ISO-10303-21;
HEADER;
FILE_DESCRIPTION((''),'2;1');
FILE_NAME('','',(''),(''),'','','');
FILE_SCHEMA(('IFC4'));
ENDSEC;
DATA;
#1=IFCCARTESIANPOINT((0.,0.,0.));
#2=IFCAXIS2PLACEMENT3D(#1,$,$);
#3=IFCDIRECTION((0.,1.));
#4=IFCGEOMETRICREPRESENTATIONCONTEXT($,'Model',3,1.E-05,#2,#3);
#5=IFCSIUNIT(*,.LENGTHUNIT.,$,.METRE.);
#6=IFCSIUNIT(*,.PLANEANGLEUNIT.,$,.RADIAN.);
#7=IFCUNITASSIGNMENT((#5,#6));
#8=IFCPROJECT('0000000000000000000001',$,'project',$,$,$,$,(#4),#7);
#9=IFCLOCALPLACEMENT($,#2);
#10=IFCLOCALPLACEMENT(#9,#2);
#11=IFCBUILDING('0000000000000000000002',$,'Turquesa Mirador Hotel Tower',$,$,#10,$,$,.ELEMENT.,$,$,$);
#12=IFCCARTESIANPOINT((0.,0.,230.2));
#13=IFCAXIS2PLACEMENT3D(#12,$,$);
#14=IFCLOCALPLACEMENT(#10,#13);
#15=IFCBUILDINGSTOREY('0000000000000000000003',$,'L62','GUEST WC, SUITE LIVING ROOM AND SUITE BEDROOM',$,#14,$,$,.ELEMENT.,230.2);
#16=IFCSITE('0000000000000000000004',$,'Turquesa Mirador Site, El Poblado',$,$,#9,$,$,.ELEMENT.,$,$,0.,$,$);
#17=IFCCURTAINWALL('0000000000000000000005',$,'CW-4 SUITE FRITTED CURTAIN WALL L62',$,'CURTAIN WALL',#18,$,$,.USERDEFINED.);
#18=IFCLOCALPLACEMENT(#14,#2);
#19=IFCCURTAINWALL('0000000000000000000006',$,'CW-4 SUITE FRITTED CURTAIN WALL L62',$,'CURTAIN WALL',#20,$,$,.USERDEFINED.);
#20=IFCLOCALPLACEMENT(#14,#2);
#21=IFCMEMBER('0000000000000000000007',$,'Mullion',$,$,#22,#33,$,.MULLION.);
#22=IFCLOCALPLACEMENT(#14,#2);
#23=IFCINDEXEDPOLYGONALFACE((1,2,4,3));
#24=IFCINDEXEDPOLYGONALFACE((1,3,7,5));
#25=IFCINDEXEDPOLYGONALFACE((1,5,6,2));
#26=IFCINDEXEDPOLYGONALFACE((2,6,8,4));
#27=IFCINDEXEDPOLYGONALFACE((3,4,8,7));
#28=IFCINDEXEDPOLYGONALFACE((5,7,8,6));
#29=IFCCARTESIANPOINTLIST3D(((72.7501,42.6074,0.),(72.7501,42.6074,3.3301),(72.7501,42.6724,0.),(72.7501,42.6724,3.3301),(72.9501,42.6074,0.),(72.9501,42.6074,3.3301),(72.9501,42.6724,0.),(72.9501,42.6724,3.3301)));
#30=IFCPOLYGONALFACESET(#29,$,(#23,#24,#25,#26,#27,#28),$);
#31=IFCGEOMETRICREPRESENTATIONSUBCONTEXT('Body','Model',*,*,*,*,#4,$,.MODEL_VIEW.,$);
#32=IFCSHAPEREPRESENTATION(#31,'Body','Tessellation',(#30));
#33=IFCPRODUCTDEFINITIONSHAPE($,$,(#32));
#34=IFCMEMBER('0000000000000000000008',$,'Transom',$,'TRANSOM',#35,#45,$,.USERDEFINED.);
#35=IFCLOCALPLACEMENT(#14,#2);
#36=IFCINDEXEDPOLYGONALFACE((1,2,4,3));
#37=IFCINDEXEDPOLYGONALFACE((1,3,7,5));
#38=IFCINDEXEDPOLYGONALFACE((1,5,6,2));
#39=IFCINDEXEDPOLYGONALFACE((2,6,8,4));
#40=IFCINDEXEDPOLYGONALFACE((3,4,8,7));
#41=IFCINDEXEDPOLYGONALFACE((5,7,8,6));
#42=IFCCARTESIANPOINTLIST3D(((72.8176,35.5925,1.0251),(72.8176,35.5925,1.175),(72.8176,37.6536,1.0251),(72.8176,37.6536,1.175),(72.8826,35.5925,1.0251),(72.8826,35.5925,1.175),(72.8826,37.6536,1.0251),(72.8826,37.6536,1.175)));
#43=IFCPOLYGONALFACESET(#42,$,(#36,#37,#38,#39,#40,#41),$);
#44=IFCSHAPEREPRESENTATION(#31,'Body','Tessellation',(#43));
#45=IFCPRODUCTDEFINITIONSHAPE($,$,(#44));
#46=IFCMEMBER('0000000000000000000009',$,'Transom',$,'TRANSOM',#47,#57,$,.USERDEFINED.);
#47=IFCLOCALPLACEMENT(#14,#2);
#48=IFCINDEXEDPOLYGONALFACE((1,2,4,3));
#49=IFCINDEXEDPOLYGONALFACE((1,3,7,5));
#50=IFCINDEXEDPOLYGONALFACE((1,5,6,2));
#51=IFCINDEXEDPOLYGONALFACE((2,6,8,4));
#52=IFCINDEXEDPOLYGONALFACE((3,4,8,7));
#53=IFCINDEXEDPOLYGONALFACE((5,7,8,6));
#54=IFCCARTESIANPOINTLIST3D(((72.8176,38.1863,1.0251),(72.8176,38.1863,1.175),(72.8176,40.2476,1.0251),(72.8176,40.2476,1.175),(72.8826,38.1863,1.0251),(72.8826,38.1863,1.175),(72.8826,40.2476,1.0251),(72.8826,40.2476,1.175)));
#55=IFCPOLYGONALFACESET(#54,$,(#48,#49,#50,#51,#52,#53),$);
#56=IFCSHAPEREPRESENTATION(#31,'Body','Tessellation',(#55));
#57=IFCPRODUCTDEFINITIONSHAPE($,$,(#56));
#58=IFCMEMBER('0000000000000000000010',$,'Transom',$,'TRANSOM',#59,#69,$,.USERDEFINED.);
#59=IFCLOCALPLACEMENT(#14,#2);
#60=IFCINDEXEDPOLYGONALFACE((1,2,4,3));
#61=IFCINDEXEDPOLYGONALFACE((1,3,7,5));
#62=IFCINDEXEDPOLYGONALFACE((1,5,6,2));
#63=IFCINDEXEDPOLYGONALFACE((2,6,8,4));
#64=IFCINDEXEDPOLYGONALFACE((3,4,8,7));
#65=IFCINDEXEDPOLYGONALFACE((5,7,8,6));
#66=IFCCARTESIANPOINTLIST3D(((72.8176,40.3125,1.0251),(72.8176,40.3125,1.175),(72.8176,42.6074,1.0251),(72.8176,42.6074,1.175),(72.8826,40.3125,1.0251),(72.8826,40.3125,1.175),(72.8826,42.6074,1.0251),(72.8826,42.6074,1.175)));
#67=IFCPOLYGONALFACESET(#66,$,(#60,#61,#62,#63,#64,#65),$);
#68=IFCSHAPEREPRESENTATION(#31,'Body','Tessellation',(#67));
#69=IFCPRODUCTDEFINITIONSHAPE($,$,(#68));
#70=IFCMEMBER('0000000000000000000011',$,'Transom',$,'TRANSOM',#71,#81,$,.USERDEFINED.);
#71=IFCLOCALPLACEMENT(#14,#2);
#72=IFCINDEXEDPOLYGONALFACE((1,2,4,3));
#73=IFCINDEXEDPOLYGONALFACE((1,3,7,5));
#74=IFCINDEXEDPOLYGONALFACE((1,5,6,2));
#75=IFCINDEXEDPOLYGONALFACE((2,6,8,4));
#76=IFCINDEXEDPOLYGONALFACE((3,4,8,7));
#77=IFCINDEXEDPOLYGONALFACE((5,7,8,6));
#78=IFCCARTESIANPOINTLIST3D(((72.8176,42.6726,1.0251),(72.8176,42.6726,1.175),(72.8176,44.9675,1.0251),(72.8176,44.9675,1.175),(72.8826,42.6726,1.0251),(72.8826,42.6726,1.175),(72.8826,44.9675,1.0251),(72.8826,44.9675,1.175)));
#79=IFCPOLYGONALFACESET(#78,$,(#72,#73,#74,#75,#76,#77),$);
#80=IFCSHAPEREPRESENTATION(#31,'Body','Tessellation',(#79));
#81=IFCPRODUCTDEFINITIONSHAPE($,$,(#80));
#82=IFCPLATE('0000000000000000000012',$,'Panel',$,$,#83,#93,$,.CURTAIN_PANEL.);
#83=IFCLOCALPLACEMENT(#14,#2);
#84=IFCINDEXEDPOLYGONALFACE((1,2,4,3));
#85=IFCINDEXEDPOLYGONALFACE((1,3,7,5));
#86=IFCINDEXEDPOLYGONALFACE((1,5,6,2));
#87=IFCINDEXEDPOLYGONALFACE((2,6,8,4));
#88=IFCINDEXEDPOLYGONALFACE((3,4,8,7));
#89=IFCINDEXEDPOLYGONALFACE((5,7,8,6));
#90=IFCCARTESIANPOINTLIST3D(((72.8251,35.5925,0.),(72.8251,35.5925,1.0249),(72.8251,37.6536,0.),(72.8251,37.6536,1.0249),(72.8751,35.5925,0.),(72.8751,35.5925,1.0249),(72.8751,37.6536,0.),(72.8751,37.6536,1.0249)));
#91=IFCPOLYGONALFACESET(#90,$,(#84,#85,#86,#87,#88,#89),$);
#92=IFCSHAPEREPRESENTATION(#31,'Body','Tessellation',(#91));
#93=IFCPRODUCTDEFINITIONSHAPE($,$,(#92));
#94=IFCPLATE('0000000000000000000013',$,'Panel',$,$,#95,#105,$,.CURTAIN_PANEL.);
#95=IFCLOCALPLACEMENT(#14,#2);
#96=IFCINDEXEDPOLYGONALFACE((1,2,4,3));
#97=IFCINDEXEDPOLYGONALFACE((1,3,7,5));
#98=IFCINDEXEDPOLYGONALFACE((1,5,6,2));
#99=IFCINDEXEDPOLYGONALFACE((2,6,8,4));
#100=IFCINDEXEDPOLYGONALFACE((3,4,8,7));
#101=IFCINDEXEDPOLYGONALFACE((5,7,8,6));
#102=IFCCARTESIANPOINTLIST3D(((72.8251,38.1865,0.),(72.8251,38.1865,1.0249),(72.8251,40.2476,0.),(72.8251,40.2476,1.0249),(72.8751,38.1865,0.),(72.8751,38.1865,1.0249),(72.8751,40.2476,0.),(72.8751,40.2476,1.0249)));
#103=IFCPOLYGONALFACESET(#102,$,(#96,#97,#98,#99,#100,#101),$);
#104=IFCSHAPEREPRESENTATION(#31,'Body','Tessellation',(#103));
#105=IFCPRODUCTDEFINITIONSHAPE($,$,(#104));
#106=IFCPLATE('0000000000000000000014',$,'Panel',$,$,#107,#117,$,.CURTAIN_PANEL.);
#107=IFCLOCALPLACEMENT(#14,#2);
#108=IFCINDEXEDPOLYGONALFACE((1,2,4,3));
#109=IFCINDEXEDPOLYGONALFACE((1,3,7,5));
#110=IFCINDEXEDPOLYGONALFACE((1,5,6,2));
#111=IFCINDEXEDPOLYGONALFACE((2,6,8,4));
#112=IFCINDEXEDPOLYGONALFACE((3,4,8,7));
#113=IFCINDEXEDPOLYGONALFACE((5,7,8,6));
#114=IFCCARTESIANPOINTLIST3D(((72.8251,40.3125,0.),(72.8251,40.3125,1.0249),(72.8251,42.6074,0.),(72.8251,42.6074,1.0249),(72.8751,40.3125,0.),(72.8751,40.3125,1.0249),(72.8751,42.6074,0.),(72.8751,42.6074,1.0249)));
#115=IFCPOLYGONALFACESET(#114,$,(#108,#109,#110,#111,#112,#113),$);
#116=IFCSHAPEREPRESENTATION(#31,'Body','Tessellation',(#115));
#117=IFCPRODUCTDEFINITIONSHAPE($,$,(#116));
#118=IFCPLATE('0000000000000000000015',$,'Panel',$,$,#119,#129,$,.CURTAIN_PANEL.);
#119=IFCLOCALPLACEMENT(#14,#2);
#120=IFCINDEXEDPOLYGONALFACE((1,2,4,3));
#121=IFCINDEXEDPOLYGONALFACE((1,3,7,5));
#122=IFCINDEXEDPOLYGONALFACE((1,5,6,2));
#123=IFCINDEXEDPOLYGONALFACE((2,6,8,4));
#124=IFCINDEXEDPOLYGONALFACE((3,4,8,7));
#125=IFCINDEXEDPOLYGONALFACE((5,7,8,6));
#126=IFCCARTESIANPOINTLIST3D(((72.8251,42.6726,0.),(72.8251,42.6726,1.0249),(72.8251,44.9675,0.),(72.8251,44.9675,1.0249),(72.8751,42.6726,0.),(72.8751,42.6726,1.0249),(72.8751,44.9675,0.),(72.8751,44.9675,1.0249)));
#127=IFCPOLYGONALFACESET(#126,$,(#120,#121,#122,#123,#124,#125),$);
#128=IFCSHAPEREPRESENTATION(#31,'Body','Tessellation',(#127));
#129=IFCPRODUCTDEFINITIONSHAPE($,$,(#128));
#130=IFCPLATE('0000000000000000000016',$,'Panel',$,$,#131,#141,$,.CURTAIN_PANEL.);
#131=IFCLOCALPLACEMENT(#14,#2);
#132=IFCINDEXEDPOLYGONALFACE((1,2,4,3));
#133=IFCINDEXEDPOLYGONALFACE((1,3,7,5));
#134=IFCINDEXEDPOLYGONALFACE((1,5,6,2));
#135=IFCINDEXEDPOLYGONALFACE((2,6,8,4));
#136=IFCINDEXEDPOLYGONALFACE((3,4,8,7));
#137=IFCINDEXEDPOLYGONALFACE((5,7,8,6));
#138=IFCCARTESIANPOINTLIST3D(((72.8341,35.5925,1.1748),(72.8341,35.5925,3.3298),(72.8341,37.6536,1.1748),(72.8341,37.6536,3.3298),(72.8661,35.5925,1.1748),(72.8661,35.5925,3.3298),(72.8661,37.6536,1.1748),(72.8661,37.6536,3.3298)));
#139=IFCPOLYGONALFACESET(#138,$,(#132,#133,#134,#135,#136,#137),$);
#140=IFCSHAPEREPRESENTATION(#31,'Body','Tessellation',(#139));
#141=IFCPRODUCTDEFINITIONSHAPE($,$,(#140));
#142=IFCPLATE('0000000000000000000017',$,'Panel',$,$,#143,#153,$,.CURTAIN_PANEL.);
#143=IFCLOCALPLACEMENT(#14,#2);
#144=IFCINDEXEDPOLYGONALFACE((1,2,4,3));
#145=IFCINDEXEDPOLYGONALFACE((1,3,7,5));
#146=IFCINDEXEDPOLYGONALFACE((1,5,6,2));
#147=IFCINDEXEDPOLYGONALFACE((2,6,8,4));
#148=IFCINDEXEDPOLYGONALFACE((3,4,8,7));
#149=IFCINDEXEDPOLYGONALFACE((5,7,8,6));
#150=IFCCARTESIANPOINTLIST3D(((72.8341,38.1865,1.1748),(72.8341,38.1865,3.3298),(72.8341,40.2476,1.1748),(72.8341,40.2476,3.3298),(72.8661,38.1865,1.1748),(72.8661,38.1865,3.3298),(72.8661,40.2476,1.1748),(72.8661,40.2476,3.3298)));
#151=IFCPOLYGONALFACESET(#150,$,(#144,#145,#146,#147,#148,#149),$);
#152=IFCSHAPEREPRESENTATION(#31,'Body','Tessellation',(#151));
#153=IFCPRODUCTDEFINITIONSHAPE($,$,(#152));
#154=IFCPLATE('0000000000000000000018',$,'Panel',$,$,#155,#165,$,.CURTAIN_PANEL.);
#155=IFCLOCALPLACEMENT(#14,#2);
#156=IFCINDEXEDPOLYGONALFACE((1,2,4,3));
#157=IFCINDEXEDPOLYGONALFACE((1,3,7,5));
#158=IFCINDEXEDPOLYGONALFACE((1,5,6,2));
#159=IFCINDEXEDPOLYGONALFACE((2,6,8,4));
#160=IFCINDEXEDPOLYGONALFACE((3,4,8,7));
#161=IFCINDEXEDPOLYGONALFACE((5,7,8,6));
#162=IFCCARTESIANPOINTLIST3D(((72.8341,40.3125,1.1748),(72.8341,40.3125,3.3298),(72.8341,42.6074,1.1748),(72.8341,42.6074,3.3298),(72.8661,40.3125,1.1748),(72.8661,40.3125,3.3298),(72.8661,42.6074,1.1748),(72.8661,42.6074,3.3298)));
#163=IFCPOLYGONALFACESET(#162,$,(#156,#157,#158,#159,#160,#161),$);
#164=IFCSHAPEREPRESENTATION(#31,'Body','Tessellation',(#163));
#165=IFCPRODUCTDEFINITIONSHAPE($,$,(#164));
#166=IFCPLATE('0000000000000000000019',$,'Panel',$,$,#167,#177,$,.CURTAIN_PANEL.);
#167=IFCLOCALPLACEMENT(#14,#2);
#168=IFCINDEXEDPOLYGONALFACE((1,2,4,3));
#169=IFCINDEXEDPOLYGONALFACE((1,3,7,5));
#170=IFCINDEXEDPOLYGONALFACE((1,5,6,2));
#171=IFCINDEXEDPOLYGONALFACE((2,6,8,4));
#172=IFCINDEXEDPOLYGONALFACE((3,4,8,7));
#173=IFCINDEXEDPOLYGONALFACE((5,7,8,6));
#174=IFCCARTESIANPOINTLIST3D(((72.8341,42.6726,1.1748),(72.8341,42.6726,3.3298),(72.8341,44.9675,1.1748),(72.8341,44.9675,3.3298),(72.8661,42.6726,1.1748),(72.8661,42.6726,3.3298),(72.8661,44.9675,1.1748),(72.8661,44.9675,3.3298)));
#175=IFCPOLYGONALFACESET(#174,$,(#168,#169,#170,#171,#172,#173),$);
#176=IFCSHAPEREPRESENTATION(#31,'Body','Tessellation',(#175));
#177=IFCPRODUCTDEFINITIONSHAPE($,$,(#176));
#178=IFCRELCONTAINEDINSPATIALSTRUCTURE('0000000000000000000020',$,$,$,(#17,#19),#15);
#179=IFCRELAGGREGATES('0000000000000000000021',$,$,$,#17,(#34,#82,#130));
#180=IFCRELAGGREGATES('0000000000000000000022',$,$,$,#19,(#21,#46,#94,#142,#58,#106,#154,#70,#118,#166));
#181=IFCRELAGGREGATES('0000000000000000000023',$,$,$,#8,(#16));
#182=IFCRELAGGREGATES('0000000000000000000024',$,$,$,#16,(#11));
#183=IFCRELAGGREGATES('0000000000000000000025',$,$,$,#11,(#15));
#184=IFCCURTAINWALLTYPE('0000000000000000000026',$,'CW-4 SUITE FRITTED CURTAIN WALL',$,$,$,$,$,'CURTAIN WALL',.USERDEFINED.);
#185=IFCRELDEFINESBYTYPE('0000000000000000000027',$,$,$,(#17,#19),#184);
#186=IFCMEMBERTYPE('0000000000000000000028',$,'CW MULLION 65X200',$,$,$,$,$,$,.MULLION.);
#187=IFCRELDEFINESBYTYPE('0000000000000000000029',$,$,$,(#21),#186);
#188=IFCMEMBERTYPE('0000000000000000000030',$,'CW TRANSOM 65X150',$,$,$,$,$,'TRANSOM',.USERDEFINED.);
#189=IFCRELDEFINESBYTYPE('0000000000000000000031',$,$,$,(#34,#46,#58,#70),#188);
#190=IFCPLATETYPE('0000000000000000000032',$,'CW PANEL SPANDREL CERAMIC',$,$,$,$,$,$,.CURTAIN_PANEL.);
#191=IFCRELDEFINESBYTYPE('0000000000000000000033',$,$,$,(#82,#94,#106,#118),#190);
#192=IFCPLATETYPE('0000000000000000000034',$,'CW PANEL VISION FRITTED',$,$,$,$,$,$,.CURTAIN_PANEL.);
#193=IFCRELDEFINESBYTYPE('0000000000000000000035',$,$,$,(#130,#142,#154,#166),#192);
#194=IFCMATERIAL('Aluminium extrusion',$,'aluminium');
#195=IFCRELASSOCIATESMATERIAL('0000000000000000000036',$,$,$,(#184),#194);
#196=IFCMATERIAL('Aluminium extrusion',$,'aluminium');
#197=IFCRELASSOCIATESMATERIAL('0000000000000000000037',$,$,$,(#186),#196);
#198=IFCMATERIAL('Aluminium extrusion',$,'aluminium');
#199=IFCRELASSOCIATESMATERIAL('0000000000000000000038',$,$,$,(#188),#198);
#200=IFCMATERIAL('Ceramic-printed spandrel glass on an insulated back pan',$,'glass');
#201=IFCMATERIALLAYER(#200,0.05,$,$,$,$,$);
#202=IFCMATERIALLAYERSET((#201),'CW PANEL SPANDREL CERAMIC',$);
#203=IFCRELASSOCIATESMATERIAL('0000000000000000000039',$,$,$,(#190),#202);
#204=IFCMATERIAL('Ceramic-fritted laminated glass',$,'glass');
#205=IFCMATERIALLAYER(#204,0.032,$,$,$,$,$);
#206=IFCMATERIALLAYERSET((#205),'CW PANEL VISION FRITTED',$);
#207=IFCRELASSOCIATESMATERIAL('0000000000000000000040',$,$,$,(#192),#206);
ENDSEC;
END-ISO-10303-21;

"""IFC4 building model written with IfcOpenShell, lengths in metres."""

from ifc_helpers import new_model, si_unit, direction, frame, origin, origin_2d, place, context, subcontext, project, spatial, rectangle, extrude, material, layer, layer_set, material_profile, profile_set, type_object, element, aggregate, save


model = new_model("IFC4")

# Units and contexts
model_context = context("Model", 3, precision=1e-05, world=origin(), true_north=direction((0.0, 1.0)))
body_context = subcontext(model_context, "Body", "Model", "MODEL_VIEW")
ifc_project = project(units=[si_unit("LENGTHUNIT", "METRE"), si_unit("PLANEANGLEUNIT", "RADIAN")], contexts=[model_context])

# Site, building, storey
site_placement = place(None, origin())
site = spatial("IfcSite", under=ifc_project, at=site_placement, Name="Turquesa Mirador Site, El Poblado", CompositionType="ELEMENT", RefElevation=0.0)
building_placement = place(site_placement, origin())
building = spatial("IfcBuilding", under=site, at=building_placement, Name="Turquesa Mirador Hotel Tower", CompositionType="ELEMENT")
storey_placement = place(building_placement, frame((0.0, 0.0, 230.2)))
storey = spatial("IfcBuildingStorey", under=building, at=storey_placement, Name="L62", Description="GUEST WC, SUITE LIVING ROOM AND SUITE BEDROOM", CompositionType="ELEMENT", Elevation=230.2)

# Curtain walls, member
ifc_material_1 = material(Name="Aluminium extrusion", Category="aluminium")
curtain_wall_type = type_object("IfcCurtainWallType", Name="CW-4 SUITE FRITTED CURTAIN WALL", ElementType="CURTAIN WALL", PredefinedType="USERDEFINED", material=ifc_material_1)
curtain_wall_1_placement = place(storey_placement, origin())
curtain_wall_1 = element("IfcCurtainWall", 1, at=curtain_wall_1_placement, inside=storey, type_object=curtain_wall_type, Name="CW-4 SUITE FRITTED CURTAIN WALL L62", ObjectType="CURTAIN WALL", PredefinedType="USERDEFINED")
ifc_material_2 = material(Name="Aluminium extrusion", Category="aluminium")
ifc_material_profile_1 = material_profile(ifc_material_2, rectangle(XDim=0.0649, YDim=0.2, at=origin_2d()), Name="MULLION 65X200")
ifc_profile_set_1 = profile_set([ifc_material_profile_1], Name="Aluminium extrusion")
member_type_1 = type_object("IfcMemberType", Name="CW MULLION 65X200", PredefinedType="MULLION", material=ifc_profile_set_1)
curtain_wall_2_placement = place(storey_placement, origin())
curtain_wall_2 = element("IfcCurtainWall", 2, at=curtain_wall_2_placement, inside=storey, type_object=curtain_wall_type, Name="CW-4 SUITE FRITTED CURTAIN WALL L62", ObjectType="CURTAIN WALL", PredefinedType="USERDEFINED")
member_1_placement = place(storey_placement, frame((72.8501, 42.6399, 0.0), z_axis=(0.0, 0.0, 1.0), x_axis=(0.0, 1.0, 0.0)))
member_1 = element("IfcMember", 3, at=member_1_placement, type_object=member_type_1, Name="Mullion", PredefinedType="MULLION", context=body_context, shape_type="SweptSolid", body=[
    extrude(rectangle(XDim=0.0649, YDim=0.2, at=origin_2d()), origin(), (0.0, 0.0, 1.0), 3.3301),
])

# Members
ifc_material_3 = material(Name="Aluminium extrusion", Category="aluminium")
ifc_material_profile_2 = material_profile(ifc_material_3, rectangle(XDim=0.0649, YDim=0.1499, at=origin_2d()), Name="TRANSOM 65X150")
ifc_profile_set_2 = profile_set([ifc_material_profile_2], Name="Aluminium extrusion")
member_type_2 = type_object("IfcMemberType", Name="CW TRANSOM 65X150", ElementType="TRANSOM", PredefinedType="USERDEFINED", material=ifc_profile_set_2)
member_2_placement = place(storey_placement, frame((72.8501, 35.5925, 1.1001), z_axis=(0.0, 1.0, 0.0), x_axis=(-1.0, 0.0, 0.0)))
member_2 = element("IfcMember", 4, at=member_2_placement, type_object=member_type_2, Name="Transom", ObjectType="TRANSOM", PredefinedType="USERDEFINED", context=body_context, shape_type="SweptSolid", body=[
    extrude(rectangle(XDim=0.0649, YDim=0.1499, at=origin_2d()), origin(), (0.0, 0.0, 1.0), 2.061),
])
member_3_placement = place(storey_placement, frame((72.8501, 38.1863, 1.1001), z_axis=(0.0, 1.0, 0.0), x_axis=(-1.0, 0.0, 0.0)))
member_3 = element("IfcMember", 5, at=member_3_placement, type_object=member_type_2, Name="Transom", ObjectType="TRANSOM", PredefinedType="USERDEFINED", context=body_context, shape_type="SweptSolid", body=[
    extrude(rectangle(XDim=0.0649, YDim=0.1499, at=origin_2d()), origin(), (0.0, 0.0, 1.0), 2.0613),
])
member_4_placement = place(storey_placement, frame((72.8501, 40.3125, 1.1001), z_axis=(0.0, 1.0, 0.0), x_axis=(-1.0, 0.0, 0.0)))
member_4 = element("IfcMember", 6, at=member_4_placement, type_object=member_type_2, Name="Transom", ObjectType="TRANSOM", PredefinedType="USERDEFINED", context=body_context, shape_type="SweptSolid", body=[
    extrude(rectangle(XDim=0.0649, YDim=0.1499, at=origin_2d()), origin(), (0.0, 0.0, 1.0), 2.2949),
])
member_5_placement = place(storey_placement, frame((72.8501, 42.6726, 1.1001), z_axis=(0.0, 1.0, 0.0), x_axis=(-1.0, 0.0, 0.0)))
member_5 = element("IfcMember", 7, at=member_5_placement, type_object=member_type_2, Name="Transom", ObjectType="TRANSOM", PredefinedType="USERDEFINED", context=body_context, shape_type="SweptSolid", body=[
    extrude(rectangle(XDim=0.0649, YDim=0.1499, at=origin_2d()), origin(), (0.0, 0.0, 1.0), 2.2949),
])

# Plates
ifc_material_4 = material(Name="Ceramic-printed spandrel glass on an insulated back pan", Category="glass")
ifc_layer_1 = layer(ifc_material_4, 0.05)
ifc_layer_set_1 = layer_set([ifc_layer_1], Name="CW PANEL SPANDREL CERAMIC")
plate_type_1 = type_object("IfcPlateType", Name="CW PANEL SPANDREL CERAMIC", PredefinedType="CURTAIN_PANEL", material=ifc_layer_set_1)
plate_1_placement = place(storey_placement, frame((72.8501, 36.623, 0.0), z_axis=(0.0, 0.0, 1.0), x_axis=(0.0, 1.0, 0.0)))
plate_1 = element("IfcPlate", 8, at=plate_1_placement, type_object=plate_type_1, Name="Panel", PredefinedType="CURTAIN_PANEL", context=body_context, shape_type="SweptSolid", body=[
    extrude(rectangle(XDim=2.061, YDim=0.05, at=origin_2d()), origin(), (0.0, 0.0, 1.0), 1.0249),
])
plate_2_placement = place(storey_placement, frame((72.8501, 39.217, 0.0), z_axis=(0.0, 0.0, 1.0), x_axis=(0.0, 1.0, 0.0)))
plate_2 = element("IfcPlate", 9, at=plate_2_placement, type_object=plate_type_1, Name="Panel", PredefinedType="CURTAIN_PANEL", context=body_context, shape_type="SweptSolid", body=[
    extrude(rectangle(XDim=2.061, YDim=0.05, at=origin_2d()), origin(), (0.0, 0.0, 1.0), 1.0249),
])
plate_3_placement = place(storey_placement, frame((72.8501, 41.46, 0.0), z_axis=(0.0, 0.0, 1.0), x_axis=(0.0, 1.0, 0.0)))
plate_3 = element("IfcPlate", 10, at=plate_3_placement, type_object=plate_type_1, Name="Panel", PredefinedType="CURTAIN_PANEL", context=body_context, shape_type="SweptSolid", body=[
    extrude(rectangle(XDim=2.2949, YDim=0.05, at=origin_2d()), origin(), (0.0, 0.0, 1.0), 1.0249),
])
plate_4_placement = place(storey_placement, frame((72.8501, 43.8201, 0.0), z_axis=(0.0, 0.0, 1.0), x_axis=(0.0, 1.0, 0.0)))
plate_4 = element("IfcPlate", 11, at=plate_4_placement, type_object=plate_type_1, Name="Panel", PredefinedType="CURTAIN_PANEL", context=body_context, shape_type="SweptSolid", body=[
    extrude(rectangle(XDim=2.2949, YDim=0.05, at=origin_2d()), origin(), (0.0, 0.0, 1.0), 1.0249),
])
ifc_material_5 = material(Name="Ceramic-fritted laminated glass", Category="glass")
ifc_layer_2 = layer(ifc_material_5, 0.032)
ifc_layer_set_2 = layer_set([ifc_layer_2], Name="CW PANEL VISION FRITTED")
plate_type_2 = type_object("IfcPlateType", Name="CW PANEL VISION FRITTED", PredefinedType="CURTAIN_PANEL", material=ifc_layer_set_2)
plate_5_placement = place(storey_placement, frame((72.8501, 36.623, 1.1748), z_axis=(0.0, 0.0, 1.0), x_axis=(0.0, 1.0, 0.0)))
plate_5 = element("IfcPlate", 12, at=plate_5_placement, type_object=plate_type_2, Name="Panel", PredefinedType="CURTAIN_PANEL", context=body_context, shape_type="SweptSolid", body=[
    extrude(rectangle(XDim=2.061, YDim=0.032, at=origin_2d()), origin(), (0.0, 0.0, 1.0), 2.155),
])
aggregate(curtain_wall_1, [member_2, plate_1, plate_5])
plate_6_placement = place(storey_placement, frame((72.8501, 39.217, 1.1748), z_axis=(0.0, 0.0, 1.0), x_axis=(0.0, 1.0, 0.0)))
plate_6 = element("IfcPlate", 13, at=plate_6_placement, type_object=plate_type_2, Name="Panel", PredefinedType="CURTAIN_PANEL", context=body_context, shape_type="SweptSolid", body=[
    extrude(rectangle(XDim=2.061, YDim=0.032, at=origin_2d()), origin(), (0.0, 0.0, 1.0), 2.155),
])
plate_7_placement = place(storey_placement, frame((72.8501, 41.46, 1.1748), z_axis=(0.0, 0.0, 1.0), x_axis=(0.0, 1.0, 0.0)))
plate_7 = element("IfcPlate", 14, at=plate_7_placement, type_object=plate_type_2, Name="Panel", PredefinedType="CURTAIN_PANEL", context=body_context, shape_type="SweptSolid", body=[
    extrude(rectangle(XDim=2.2949, YDim=0.032, at=origin_2d()), origin(), (0.0, 0.0, 1.0), 2.155),
])
plate_8_placement = place(storey_placement, frame((72.8501, 43.8201, 1.1748), z_axis=(0.0, 0.0, 1.0), x_axis=(0.0, 1.0, 0.0)))
plate_8 = element("IfcPlate", 15, at=plate_8_placement, type_object=plate_type_2, Name="Panel", PredefinedType="CURTAIN_PANEL", context=body_context, shape_type="SweptSolid", body=[
    extrude(rectangle(XDim=2.2949, YDim=0.032, at=origin_2d()), origin(), (0.0, 0.0, 1.0), 2.155),
])
aggregate(curtain_wall_2, [member_1, member_3, plate_2, plate_6, member_4, plate_3, plate_7, member_5, plate_4, plate_8])

save(model, "model.ifc")
